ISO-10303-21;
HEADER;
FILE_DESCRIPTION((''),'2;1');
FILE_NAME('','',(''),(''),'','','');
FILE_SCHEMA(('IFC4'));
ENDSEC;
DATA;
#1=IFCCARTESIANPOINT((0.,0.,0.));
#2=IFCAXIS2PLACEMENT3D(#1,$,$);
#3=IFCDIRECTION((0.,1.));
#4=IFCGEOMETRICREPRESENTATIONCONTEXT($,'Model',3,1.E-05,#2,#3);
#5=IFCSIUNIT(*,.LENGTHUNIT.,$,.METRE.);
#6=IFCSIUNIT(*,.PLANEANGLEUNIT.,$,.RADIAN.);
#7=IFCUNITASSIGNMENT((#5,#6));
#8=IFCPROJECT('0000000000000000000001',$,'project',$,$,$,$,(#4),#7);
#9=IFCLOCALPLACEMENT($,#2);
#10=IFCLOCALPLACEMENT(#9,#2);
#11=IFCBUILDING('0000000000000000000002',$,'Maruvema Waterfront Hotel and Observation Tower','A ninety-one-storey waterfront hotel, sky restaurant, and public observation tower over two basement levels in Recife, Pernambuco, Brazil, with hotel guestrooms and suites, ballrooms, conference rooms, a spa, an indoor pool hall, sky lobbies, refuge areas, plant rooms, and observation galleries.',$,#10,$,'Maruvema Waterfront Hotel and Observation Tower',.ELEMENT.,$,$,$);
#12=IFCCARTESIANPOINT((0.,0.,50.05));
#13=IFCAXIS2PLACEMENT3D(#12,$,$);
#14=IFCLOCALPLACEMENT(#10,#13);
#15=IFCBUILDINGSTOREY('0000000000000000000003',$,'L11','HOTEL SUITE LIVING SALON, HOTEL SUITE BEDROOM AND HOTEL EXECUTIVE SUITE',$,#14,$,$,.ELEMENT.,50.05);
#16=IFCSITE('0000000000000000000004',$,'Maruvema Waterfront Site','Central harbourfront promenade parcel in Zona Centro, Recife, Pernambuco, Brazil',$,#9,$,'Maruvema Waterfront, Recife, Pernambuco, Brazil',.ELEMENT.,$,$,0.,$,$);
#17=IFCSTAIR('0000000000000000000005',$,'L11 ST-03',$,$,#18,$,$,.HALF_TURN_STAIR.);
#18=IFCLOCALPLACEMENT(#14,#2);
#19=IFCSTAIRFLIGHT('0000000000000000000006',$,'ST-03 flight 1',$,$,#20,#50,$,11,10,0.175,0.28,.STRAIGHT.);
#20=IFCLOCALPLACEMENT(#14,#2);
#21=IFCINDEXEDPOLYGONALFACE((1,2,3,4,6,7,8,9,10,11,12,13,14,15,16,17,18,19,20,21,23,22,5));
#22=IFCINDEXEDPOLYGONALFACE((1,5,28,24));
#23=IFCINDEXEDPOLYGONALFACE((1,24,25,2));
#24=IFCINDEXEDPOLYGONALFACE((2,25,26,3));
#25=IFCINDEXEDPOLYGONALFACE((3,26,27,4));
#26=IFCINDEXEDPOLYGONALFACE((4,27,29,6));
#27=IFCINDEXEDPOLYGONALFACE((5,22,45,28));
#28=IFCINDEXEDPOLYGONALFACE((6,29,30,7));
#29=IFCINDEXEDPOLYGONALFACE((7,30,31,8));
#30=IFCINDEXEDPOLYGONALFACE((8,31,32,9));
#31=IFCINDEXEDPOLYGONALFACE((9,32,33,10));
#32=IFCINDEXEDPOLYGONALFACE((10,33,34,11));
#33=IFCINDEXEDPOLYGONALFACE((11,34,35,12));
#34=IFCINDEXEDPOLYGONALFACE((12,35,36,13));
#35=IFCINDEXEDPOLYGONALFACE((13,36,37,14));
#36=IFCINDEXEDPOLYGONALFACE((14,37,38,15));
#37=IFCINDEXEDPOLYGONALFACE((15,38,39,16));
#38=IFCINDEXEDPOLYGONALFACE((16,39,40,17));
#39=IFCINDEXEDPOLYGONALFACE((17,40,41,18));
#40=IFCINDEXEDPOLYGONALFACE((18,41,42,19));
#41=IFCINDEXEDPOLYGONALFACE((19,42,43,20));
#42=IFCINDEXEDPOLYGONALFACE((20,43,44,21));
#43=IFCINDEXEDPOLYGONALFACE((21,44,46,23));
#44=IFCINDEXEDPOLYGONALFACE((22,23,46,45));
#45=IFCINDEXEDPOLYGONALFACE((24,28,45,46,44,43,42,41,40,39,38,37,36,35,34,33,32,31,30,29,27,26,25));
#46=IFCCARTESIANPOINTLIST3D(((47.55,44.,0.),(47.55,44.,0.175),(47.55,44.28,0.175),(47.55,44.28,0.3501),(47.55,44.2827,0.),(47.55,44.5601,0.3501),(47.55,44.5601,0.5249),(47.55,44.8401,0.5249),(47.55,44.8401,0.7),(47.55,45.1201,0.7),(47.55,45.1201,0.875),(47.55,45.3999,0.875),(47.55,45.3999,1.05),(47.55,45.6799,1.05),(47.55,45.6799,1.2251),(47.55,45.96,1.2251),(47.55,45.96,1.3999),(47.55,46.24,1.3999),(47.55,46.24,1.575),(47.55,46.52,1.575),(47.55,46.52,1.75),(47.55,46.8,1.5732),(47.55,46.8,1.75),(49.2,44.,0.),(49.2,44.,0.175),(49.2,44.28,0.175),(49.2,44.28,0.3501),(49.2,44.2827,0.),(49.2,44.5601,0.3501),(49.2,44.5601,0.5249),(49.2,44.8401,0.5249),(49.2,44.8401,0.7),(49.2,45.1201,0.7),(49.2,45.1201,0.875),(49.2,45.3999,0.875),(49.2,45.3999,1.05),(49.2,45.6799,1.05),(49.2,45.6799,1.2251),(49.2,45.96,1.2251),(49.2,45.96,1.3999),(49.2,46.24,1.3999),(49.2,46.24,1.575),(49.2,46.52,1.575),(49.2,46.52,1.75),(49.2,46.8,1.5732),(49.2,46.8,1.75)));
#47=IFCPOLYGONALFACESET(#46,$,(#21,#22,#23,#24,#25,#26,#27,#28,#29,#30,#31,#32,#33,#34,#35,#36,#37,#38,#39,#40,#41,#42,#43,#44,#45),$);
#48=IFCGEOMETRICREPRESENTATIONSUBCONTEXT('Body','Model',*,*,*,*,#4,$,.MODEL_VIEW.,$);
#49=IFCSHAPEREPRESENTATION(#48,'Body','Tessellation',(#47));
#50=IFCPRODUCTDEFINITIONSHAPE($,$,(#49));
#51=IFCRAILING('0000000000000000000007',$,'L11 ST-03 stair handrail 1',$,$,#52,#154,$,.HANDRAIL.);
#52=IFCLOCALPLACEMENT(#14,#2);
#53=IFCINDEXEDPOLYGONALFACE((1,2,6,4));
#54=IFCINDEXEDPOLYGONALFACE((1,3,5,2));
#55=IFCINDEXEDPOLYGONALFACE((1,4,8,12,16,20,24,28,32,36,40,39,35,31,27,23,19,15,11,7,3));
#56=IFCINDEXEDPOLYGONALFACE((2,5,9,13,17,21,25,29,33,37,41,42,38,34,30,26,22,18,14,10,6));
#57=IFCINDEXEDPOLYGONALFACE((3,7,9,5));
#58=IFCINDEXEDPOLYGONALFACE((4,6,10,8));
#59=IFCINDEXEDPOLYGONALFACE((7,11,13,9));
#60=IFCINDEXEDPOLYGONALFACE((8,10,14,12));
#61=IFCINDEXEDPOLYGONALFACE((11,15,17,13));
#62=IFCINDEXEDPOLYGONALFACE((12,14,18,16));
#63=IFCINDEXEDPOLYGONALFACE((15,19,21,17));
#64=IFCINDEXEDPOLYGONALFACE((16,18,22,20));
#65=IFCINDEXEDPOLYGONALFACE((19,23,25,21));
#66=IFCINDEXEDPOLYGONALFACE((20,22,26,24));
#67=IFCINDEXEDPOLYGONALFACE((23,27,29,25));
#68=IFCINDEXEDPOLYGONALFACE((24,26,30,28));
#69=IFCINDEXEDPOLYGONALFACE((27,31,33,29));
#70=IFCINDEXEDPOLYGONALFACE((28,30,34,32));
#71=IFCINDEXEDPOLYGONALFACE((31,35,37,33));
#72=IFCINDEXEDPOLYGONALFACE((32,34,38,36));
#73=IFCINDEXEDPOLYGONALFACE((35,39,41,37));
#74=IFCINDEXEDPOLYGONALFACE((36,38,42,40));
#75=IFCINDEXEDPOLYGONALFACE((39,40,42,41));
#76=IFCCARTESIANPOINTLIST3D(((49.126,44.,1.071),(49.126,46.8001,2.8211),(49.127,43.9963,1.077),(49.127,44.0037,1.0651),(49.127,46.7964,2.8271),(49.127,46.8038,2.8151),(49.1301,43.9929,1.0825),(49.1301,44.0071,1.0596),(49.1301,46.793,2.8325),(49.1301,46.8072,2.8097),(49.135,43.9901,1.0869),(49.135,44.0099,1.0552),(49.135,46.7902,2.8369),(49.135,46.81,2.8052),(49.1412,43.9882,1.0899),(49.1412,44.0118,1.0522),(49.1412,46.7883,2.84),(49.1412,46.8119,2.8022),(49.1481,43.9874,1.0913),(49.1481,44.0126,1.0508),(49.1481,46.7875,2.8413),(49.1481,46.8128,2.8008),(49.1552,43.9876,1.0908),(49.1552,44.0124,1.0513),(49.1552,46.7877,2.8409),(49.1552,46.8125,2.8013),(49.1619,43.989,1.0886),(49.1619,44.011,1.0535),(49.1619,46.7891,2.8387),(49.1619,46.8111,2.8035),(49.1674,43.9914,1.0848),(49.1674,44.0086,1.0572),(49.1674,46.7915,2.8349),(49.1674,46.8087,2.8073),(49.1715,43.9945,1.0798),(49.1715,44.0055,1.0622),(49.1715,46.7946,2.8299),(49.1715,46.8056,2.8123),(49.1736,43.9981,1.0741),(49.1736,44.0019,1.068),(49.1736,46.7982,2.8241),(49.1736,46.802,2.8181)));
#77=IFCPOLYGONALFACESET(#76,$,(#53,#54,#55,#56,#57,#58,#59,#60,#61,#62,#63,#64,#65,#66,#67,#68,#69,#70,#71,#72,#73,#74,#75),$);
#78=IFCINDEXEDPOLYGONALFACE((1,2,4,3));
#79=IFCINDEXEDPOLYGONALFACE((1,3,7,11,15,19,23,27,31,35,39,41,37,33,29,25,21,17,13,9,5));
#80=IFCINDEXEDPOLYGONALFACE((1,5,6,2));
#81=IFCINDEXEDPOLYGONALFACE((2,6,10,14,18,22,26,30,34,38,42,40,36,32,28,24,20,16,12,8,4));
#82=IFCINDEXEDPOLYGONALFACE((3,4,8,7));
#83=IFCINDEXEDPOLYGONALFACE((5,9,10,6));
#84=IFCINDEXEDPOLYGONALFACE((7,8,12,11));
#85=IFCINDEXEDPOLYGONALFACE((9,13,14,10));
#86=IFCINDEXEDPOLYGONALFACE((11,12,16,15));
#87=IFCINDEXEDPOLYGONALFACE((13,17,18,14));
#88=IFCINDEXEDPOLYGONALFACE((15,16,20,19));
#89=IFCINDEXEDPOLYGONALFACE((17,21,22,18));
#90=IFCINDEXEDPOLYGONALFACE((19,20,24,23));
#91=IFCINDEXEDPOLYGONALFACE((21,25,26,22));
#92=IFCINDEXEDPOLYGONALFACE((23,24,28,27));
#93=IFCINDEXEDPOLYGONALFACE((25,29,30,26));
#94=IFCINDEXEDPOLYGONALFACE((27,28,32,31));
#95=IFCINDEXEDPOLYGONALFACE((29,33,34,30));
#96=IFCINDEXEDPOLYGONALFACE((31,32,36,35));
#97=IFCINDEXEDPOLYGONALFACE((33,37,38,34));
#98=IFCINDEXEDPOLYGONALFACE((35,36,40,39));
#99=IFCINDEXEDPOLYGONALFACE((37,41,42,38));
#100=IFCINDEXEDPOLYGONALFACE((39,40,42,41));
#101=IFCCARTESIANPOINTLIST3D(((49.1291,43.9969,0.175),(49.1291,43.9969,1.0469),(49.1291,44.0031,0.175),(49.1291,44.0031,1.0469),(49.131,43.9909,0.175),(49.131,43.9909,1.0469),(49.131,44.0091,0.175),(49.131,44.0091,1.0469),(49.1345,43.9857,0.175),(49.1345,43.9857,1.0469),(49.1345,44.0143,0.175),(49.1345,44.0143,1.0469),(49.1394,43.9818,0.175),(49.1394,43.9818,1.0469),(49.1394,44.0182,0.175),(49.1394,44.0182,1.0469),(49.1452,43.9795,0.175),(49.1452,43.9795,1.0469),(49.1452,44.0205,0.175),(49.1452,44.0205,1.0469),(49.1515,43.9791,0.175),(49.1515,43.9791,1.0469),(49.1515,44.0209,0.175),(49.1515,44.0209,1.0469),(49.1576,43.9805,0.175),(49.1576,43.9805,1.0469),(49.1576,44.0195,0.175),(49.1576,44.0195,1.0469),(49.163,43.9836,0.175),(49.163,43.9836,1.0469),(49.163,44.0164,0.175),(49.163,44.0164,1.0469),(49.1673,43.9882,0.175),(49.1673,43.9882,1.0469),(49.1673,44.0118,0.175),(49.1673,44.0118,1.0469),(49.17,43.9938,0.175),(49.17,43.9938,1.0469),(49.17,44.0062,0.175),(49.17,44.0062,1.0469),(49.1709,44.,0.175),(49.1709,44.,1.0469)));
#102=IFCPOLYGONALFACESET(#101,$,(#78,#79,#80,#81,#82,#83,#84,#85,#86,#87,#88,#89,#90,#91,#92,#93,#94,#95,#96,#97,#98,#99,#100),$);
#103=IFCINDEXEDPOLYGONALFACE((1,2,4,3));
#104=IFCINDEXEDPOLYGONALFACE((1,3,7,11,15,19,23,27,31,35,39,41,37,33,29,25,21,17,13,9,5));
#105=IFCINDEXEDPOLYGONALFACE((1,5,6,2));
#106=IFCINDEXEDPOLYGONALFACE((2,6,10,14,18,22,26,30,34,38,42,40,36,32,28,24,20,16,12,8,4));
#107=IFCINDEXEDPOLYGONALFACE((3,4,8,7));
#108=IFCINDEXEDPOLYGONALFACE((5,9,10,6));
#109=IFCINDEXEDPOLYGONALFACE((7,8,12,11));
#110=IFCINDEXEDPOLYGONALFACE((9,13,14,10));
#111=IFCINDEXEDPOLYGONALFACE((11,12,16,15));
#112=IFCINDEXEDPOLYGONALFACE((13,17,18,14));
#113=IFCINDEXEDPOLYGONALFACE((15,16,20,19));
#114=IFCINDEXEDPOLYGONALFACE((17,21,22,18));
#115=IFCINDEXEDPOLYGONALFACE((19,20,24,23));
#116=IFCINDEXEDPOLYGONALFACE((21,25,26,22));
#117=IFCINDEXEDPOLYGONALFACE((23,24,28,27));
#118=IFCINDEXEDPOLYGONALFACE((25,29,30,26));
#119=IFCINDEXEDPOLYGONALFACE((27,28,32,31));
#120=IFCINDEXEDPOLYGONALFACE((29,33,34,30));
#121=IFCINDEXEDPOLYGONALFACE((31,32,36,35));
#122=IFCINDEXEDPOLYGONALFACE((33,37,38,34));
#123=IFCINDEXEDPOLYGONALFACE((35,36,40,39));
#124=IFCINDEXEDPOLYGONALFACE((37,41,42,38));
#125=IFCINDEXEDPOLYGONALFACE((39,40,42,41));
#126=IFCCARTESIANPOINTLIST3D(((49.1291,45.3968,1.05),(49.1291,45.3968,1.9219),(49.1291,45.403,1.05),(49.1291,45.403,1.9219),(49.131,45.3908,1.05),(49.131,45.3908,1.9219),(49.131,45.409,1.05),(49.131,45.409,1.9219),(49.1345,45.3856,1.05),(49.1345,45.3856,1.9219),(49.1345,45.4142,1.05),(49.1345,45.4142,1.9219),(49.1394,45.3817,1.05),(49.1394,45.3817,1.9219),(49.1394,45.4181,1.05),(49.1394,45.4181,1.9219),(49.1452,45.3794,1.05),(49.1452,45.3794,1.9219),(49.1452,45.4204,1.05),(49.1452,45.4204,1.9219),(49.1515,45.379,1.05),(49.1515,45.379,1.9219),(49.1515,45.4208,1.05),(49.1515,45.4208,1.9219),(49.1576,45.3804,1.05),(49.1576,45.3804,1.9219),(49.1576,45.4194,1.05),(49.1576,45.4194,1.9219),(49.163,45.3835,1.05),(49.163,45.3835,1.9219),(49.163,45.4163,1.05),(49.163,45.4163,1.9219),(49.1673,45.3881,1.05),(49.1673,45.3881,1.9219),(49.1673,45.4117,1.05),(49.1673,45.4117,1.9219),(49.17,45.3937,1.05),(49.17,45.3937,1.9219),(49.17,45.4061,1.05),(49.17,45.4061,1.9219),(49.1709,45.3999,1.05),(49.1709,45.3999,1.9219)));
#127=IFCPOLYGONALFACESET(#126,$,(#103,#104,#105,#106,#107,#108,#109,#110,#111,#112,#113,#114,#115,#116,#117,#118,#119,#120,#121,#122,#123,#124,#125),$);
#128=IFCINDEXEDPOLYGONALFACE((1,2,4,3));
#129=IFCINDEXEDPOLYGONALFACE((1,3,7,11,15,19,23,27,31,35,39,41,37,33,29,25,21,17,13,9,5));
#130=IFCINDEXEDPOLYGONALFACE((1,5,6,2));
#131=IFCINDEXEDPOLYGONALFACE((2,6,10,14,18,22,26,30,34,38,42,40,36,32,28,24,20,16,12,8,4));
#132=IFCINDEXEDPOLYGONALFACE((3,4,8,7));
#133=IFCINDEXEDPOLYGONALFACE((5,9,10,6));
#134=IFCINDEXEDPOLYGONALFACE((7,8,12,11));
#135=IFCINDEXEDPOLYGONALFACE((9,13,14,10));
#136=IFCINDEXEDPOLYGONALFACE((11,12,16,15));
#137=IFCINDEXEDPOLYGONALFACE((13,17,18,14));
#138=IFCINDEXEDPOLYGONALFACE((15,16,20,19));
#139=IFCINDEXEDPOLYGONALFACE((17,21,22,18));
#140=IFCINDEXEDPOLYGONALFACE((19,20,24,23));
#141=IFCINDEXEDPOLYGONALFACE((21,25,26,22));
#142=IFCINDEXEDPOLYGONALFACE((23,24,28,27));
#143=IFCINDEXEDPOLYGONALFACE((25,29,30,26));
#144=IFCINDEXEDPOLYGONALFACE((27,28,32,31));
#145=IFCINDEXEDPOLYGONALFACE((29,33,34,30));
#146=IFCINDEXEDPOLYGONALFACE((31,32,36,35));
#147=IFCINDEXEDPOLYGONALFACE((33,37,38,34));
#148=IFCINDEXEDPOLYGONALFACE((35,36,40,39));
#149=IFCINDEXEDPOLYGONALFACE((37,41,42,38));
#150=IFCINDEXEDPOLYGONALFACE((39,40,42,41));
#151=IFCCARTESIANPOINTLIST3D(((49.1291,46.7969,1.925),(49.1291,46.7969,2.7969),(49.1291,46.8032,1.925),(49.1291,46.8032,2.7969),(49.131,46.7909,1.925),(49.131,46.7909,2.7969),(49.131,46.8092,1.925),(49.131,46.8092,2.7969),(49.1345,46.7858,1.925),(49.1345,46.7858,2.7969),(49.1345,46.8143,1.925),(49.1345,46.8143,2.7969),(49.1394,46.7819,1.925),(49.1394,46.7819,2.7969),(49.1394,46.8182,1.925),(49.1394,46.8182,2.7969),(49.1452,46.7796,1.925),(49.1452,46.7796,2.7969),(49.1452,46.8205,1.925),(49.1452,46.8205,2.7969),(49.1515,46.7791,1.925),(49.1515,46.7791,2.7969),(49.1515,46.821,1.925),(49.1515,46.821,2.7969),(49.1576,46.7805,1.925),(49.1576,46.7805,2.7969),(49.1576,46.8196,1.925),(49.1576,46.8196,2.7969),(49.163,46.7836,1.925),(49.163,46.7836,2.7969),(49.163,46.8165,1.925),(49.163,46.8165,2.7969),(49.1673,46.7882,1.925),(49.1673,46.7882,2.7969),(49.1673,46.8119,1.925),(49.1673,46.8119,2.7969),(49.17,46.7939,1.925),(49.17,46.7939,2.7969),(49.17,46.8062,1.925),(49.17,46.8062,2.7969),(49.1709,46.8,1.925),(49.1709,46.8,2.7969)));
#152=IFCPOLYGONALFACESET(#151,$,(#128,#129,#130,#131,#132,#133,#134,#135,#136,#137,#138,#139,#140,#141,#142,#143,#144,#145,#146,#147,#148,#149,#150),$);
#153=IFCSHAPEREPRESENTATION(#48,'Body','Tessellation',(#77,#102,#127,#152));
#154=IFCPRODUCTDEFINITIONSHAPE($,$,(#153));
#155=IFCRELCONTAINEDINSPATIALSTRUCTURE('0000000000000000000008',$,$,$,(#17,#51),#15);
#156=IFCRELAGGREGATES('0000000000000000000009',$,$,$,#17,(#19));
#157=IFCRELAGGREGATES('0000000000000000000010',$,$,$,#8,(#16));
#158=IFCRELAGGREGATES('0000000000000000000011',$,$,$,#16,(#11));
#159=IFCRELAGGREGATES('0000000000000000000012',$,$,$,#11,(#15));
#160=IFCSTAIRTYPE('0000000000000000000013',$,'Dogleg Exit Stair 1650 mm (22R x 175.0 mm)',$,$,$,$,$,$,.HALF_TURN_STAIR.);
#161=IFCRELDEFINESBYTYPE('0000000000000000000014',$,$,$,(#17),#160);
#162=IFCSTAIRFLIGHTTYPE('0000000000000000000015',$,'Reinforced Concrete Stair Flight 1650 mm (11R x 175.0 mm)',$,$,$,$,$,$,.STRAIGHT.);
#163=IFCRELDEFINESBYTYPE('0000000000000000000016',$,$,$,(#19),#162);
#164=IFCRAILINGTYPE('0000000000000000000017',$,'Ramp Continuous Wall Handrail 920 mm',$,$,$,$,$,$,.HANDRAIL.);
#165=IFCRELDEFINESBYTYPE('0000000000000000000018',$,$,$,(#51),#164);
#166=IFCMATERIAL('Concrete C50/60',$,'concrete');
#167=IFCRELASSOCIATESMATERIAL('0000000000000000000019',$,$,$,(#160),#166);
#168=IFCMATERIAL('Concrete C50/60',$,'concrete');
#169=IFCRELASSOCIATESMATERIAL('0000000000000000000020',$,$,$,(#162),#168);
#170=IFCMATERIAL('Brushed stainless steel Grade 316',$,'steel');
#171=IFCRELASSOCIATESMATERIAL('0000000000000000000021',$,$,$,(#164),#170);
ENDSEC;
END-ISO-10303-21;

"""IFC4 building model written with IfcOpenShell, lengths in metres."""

from ifc_helpers import new_model, si_unit, direction, frame, origin, origin_2d, place, context, subcontext, project, spatial, polyline, circle, outline, extrude, material, type_object, element, aggregate, save


model = new_model("IFC4")

# Units and contexts
model_context = context("Model", 3, precision=1e-05, world=origin(), true_north=direction((0.0, 1.0)))
body_context = subcontext(model_context, "Body", "Model", "MODEL_VIEW")
ifc_project = project(units=[si_unit("LENGTHUNIT", "METRE"), si_unit("PLANEANGLEUNIT", "RADIAN")], contexts=[model_context])

# Site, building, storey
site_placement = place(None, origin())
site = spatial("IfcSite", under=ifc_project, at=site_placement, Name="Maruvema Waterfront Site", Description="Central harbourfront promenade parcel in Zona Centro, Recife, Pernambuco, Brazil", LongName="Maruvema Waterfront, Recife, Pernambuco, Brazil", CompositionType="ELEMENT", RefElevation=0.0)
building_placement = place(site_placement, origin())
building = spatial("IfcBuilding", under=site, at=building_placement, Name="Maruvema Waterfront Hotel and Observation Tower", Description="A ninety-one-storey waterfront hotel, sky restaurant, and public observation tower over two basement levels in Recife, Pernambuco, Brazil, with hotel guestrooms and suites, ballrooms, conference rooms, a spa, an indoor pool hall, sky lobbies, refuge areas, plant rooms, and observation galleries.", LongName="Maruvema Waterfront Hotel and Observation Tower", CompositionType="ELEMENT")
storey_placement = place(building_placement, frame((0.0, 0.0, 50.05)))
storey = spatial("IfcBuildingStorey", under=building, at=storey_placement, Name="L11", Description="HOTEL SUITE LIVING SALON, HOTEL SUITE BEDROOM AND HOTEL EXECUTIVE SUITE", CompositionType="ELEMENT", Elevation=50.05)

# Stair, stair flight
ifc_material_1 = material(Name="Concrete C50/60", Category="concrete")
stair_type = type_object("IfcStairType", Name="Dogleg Exit Stair 1650 mm (22R x 175.0 mm)", PredefinedType="HALF_TURN_STAIR", material=ifc_material_1)
stair_placement = place(storey_placement, origin())
stair = element("IfcStair", 1, at=stair_placement, inside=storey, type_object=stair_type, Name="L11 ST-03", PredefinedType="HALF_TURN_STAIR")
ifc_material_2 = material(Name="Concrete C50/60", Category="concrete")
stair_flight_type = type_object("IfcStairFlightType", Name="Reinforced Concrete Stair Flight 1650 mm (11R x 175.0 mm)", PredefinedType="STRAIGHT", material=ifc_material_2)
stair_flight_placement = place(storey_placement, frame((48.375, 44.0, 0.0), z_axis=(0.0, 0.0, 1.0), x_axis=(0.0, 1.0, 0.0)))
stair_flight = element("IfcStairFlight", 2, at=stair_flight_placement, type_object=stair_flight_type, Name="ST-03 flight 1", NumberOfRisers=11, NumberOfTreads=10, PredefinedType="STRAIGHT", RiserHeight=0.175, TreadLength=0.28, context=body_context, shape_type="SweptSolid", body=[
    extrude(outline(polyline([(0.0, 0.0), (0.0, 0.175), (0.28, 0.175), (0.28, 0.3501), (0.5601, 0.3501), (0.5601, 0.5249), (0.8401, 0.5249), (0.8401, 0.7), (1.1201, 0.7), (1.1201, 0.875), (1.3999, 0.875), (1.3999, 1.05), (1.6799, 1.05), (1.6799, 1.2251), (1.96, 1.2251), (1.96, 1.3999), (2.24, 1.3999), (2.24, 1.575), (2.52, 1.575), (2.52, 1.75), (2.8, 1.75), (2.8, 1.925), (2.8, 1.5732), (0.2827, 0.0), (0.0, 0.0)])), frame((0.0, 0.825, 0.0), z_axis=(0.0, -1.0, 0.0), x_axis=(1.0, 0.0, 0.0)), (0.0, 0.0, 1.0), 1.6499),
])
aggregate(stair, [stair_flight])

# Railing
ifc_material_3 = material(Name="Brushed stainless steel Grade 316", Category="steel")
railing_type_1 = type_object("IfcRailingType", Name="Ramp Continuous Wall Handrail 920 mm", PredefinedType="HANDRAIL", material=ifc_material_3)
railing_1_placement = place(storey_placement, frame((49.1499, 44.0, 0.175)))
element("IfcRailing", 3, at=railing_1_placement, inside=storey, type_object=railing_type_1, Name="L11 ST-03 stair handrail 1", PredefinedType="HANDRAIL", context=body_context, shape_type="SweptSolid", body=[
    extrude(circle(Radius=0.0239, at=origin_2d()), frame((0.0, 0.0, 0.896), z_axis=(0.0, 0.848002, 0.529992), x_axis=(-1.0, 0.0, 0.0)), (0.0, 0.0, 1.0), 3.302),
    extrude(circle(Radius=0.021, at=origin_2d()), origin(), (0.0, 0.0, 1.0), 0.8718),
    extrude(circle(Radius=0.021, at=origin_2d()), frame((0.0, 1.3999, 0.875)), (0.0, 0.0, 1.0), 0.8718),
    extrude(circle(Radius=0.021, at=origin_2d()), frame((0.0, 2.8, 1.75)), (0.0, 0.0, 1.0), 0.8718),
])

save(model, "model.ifc")
